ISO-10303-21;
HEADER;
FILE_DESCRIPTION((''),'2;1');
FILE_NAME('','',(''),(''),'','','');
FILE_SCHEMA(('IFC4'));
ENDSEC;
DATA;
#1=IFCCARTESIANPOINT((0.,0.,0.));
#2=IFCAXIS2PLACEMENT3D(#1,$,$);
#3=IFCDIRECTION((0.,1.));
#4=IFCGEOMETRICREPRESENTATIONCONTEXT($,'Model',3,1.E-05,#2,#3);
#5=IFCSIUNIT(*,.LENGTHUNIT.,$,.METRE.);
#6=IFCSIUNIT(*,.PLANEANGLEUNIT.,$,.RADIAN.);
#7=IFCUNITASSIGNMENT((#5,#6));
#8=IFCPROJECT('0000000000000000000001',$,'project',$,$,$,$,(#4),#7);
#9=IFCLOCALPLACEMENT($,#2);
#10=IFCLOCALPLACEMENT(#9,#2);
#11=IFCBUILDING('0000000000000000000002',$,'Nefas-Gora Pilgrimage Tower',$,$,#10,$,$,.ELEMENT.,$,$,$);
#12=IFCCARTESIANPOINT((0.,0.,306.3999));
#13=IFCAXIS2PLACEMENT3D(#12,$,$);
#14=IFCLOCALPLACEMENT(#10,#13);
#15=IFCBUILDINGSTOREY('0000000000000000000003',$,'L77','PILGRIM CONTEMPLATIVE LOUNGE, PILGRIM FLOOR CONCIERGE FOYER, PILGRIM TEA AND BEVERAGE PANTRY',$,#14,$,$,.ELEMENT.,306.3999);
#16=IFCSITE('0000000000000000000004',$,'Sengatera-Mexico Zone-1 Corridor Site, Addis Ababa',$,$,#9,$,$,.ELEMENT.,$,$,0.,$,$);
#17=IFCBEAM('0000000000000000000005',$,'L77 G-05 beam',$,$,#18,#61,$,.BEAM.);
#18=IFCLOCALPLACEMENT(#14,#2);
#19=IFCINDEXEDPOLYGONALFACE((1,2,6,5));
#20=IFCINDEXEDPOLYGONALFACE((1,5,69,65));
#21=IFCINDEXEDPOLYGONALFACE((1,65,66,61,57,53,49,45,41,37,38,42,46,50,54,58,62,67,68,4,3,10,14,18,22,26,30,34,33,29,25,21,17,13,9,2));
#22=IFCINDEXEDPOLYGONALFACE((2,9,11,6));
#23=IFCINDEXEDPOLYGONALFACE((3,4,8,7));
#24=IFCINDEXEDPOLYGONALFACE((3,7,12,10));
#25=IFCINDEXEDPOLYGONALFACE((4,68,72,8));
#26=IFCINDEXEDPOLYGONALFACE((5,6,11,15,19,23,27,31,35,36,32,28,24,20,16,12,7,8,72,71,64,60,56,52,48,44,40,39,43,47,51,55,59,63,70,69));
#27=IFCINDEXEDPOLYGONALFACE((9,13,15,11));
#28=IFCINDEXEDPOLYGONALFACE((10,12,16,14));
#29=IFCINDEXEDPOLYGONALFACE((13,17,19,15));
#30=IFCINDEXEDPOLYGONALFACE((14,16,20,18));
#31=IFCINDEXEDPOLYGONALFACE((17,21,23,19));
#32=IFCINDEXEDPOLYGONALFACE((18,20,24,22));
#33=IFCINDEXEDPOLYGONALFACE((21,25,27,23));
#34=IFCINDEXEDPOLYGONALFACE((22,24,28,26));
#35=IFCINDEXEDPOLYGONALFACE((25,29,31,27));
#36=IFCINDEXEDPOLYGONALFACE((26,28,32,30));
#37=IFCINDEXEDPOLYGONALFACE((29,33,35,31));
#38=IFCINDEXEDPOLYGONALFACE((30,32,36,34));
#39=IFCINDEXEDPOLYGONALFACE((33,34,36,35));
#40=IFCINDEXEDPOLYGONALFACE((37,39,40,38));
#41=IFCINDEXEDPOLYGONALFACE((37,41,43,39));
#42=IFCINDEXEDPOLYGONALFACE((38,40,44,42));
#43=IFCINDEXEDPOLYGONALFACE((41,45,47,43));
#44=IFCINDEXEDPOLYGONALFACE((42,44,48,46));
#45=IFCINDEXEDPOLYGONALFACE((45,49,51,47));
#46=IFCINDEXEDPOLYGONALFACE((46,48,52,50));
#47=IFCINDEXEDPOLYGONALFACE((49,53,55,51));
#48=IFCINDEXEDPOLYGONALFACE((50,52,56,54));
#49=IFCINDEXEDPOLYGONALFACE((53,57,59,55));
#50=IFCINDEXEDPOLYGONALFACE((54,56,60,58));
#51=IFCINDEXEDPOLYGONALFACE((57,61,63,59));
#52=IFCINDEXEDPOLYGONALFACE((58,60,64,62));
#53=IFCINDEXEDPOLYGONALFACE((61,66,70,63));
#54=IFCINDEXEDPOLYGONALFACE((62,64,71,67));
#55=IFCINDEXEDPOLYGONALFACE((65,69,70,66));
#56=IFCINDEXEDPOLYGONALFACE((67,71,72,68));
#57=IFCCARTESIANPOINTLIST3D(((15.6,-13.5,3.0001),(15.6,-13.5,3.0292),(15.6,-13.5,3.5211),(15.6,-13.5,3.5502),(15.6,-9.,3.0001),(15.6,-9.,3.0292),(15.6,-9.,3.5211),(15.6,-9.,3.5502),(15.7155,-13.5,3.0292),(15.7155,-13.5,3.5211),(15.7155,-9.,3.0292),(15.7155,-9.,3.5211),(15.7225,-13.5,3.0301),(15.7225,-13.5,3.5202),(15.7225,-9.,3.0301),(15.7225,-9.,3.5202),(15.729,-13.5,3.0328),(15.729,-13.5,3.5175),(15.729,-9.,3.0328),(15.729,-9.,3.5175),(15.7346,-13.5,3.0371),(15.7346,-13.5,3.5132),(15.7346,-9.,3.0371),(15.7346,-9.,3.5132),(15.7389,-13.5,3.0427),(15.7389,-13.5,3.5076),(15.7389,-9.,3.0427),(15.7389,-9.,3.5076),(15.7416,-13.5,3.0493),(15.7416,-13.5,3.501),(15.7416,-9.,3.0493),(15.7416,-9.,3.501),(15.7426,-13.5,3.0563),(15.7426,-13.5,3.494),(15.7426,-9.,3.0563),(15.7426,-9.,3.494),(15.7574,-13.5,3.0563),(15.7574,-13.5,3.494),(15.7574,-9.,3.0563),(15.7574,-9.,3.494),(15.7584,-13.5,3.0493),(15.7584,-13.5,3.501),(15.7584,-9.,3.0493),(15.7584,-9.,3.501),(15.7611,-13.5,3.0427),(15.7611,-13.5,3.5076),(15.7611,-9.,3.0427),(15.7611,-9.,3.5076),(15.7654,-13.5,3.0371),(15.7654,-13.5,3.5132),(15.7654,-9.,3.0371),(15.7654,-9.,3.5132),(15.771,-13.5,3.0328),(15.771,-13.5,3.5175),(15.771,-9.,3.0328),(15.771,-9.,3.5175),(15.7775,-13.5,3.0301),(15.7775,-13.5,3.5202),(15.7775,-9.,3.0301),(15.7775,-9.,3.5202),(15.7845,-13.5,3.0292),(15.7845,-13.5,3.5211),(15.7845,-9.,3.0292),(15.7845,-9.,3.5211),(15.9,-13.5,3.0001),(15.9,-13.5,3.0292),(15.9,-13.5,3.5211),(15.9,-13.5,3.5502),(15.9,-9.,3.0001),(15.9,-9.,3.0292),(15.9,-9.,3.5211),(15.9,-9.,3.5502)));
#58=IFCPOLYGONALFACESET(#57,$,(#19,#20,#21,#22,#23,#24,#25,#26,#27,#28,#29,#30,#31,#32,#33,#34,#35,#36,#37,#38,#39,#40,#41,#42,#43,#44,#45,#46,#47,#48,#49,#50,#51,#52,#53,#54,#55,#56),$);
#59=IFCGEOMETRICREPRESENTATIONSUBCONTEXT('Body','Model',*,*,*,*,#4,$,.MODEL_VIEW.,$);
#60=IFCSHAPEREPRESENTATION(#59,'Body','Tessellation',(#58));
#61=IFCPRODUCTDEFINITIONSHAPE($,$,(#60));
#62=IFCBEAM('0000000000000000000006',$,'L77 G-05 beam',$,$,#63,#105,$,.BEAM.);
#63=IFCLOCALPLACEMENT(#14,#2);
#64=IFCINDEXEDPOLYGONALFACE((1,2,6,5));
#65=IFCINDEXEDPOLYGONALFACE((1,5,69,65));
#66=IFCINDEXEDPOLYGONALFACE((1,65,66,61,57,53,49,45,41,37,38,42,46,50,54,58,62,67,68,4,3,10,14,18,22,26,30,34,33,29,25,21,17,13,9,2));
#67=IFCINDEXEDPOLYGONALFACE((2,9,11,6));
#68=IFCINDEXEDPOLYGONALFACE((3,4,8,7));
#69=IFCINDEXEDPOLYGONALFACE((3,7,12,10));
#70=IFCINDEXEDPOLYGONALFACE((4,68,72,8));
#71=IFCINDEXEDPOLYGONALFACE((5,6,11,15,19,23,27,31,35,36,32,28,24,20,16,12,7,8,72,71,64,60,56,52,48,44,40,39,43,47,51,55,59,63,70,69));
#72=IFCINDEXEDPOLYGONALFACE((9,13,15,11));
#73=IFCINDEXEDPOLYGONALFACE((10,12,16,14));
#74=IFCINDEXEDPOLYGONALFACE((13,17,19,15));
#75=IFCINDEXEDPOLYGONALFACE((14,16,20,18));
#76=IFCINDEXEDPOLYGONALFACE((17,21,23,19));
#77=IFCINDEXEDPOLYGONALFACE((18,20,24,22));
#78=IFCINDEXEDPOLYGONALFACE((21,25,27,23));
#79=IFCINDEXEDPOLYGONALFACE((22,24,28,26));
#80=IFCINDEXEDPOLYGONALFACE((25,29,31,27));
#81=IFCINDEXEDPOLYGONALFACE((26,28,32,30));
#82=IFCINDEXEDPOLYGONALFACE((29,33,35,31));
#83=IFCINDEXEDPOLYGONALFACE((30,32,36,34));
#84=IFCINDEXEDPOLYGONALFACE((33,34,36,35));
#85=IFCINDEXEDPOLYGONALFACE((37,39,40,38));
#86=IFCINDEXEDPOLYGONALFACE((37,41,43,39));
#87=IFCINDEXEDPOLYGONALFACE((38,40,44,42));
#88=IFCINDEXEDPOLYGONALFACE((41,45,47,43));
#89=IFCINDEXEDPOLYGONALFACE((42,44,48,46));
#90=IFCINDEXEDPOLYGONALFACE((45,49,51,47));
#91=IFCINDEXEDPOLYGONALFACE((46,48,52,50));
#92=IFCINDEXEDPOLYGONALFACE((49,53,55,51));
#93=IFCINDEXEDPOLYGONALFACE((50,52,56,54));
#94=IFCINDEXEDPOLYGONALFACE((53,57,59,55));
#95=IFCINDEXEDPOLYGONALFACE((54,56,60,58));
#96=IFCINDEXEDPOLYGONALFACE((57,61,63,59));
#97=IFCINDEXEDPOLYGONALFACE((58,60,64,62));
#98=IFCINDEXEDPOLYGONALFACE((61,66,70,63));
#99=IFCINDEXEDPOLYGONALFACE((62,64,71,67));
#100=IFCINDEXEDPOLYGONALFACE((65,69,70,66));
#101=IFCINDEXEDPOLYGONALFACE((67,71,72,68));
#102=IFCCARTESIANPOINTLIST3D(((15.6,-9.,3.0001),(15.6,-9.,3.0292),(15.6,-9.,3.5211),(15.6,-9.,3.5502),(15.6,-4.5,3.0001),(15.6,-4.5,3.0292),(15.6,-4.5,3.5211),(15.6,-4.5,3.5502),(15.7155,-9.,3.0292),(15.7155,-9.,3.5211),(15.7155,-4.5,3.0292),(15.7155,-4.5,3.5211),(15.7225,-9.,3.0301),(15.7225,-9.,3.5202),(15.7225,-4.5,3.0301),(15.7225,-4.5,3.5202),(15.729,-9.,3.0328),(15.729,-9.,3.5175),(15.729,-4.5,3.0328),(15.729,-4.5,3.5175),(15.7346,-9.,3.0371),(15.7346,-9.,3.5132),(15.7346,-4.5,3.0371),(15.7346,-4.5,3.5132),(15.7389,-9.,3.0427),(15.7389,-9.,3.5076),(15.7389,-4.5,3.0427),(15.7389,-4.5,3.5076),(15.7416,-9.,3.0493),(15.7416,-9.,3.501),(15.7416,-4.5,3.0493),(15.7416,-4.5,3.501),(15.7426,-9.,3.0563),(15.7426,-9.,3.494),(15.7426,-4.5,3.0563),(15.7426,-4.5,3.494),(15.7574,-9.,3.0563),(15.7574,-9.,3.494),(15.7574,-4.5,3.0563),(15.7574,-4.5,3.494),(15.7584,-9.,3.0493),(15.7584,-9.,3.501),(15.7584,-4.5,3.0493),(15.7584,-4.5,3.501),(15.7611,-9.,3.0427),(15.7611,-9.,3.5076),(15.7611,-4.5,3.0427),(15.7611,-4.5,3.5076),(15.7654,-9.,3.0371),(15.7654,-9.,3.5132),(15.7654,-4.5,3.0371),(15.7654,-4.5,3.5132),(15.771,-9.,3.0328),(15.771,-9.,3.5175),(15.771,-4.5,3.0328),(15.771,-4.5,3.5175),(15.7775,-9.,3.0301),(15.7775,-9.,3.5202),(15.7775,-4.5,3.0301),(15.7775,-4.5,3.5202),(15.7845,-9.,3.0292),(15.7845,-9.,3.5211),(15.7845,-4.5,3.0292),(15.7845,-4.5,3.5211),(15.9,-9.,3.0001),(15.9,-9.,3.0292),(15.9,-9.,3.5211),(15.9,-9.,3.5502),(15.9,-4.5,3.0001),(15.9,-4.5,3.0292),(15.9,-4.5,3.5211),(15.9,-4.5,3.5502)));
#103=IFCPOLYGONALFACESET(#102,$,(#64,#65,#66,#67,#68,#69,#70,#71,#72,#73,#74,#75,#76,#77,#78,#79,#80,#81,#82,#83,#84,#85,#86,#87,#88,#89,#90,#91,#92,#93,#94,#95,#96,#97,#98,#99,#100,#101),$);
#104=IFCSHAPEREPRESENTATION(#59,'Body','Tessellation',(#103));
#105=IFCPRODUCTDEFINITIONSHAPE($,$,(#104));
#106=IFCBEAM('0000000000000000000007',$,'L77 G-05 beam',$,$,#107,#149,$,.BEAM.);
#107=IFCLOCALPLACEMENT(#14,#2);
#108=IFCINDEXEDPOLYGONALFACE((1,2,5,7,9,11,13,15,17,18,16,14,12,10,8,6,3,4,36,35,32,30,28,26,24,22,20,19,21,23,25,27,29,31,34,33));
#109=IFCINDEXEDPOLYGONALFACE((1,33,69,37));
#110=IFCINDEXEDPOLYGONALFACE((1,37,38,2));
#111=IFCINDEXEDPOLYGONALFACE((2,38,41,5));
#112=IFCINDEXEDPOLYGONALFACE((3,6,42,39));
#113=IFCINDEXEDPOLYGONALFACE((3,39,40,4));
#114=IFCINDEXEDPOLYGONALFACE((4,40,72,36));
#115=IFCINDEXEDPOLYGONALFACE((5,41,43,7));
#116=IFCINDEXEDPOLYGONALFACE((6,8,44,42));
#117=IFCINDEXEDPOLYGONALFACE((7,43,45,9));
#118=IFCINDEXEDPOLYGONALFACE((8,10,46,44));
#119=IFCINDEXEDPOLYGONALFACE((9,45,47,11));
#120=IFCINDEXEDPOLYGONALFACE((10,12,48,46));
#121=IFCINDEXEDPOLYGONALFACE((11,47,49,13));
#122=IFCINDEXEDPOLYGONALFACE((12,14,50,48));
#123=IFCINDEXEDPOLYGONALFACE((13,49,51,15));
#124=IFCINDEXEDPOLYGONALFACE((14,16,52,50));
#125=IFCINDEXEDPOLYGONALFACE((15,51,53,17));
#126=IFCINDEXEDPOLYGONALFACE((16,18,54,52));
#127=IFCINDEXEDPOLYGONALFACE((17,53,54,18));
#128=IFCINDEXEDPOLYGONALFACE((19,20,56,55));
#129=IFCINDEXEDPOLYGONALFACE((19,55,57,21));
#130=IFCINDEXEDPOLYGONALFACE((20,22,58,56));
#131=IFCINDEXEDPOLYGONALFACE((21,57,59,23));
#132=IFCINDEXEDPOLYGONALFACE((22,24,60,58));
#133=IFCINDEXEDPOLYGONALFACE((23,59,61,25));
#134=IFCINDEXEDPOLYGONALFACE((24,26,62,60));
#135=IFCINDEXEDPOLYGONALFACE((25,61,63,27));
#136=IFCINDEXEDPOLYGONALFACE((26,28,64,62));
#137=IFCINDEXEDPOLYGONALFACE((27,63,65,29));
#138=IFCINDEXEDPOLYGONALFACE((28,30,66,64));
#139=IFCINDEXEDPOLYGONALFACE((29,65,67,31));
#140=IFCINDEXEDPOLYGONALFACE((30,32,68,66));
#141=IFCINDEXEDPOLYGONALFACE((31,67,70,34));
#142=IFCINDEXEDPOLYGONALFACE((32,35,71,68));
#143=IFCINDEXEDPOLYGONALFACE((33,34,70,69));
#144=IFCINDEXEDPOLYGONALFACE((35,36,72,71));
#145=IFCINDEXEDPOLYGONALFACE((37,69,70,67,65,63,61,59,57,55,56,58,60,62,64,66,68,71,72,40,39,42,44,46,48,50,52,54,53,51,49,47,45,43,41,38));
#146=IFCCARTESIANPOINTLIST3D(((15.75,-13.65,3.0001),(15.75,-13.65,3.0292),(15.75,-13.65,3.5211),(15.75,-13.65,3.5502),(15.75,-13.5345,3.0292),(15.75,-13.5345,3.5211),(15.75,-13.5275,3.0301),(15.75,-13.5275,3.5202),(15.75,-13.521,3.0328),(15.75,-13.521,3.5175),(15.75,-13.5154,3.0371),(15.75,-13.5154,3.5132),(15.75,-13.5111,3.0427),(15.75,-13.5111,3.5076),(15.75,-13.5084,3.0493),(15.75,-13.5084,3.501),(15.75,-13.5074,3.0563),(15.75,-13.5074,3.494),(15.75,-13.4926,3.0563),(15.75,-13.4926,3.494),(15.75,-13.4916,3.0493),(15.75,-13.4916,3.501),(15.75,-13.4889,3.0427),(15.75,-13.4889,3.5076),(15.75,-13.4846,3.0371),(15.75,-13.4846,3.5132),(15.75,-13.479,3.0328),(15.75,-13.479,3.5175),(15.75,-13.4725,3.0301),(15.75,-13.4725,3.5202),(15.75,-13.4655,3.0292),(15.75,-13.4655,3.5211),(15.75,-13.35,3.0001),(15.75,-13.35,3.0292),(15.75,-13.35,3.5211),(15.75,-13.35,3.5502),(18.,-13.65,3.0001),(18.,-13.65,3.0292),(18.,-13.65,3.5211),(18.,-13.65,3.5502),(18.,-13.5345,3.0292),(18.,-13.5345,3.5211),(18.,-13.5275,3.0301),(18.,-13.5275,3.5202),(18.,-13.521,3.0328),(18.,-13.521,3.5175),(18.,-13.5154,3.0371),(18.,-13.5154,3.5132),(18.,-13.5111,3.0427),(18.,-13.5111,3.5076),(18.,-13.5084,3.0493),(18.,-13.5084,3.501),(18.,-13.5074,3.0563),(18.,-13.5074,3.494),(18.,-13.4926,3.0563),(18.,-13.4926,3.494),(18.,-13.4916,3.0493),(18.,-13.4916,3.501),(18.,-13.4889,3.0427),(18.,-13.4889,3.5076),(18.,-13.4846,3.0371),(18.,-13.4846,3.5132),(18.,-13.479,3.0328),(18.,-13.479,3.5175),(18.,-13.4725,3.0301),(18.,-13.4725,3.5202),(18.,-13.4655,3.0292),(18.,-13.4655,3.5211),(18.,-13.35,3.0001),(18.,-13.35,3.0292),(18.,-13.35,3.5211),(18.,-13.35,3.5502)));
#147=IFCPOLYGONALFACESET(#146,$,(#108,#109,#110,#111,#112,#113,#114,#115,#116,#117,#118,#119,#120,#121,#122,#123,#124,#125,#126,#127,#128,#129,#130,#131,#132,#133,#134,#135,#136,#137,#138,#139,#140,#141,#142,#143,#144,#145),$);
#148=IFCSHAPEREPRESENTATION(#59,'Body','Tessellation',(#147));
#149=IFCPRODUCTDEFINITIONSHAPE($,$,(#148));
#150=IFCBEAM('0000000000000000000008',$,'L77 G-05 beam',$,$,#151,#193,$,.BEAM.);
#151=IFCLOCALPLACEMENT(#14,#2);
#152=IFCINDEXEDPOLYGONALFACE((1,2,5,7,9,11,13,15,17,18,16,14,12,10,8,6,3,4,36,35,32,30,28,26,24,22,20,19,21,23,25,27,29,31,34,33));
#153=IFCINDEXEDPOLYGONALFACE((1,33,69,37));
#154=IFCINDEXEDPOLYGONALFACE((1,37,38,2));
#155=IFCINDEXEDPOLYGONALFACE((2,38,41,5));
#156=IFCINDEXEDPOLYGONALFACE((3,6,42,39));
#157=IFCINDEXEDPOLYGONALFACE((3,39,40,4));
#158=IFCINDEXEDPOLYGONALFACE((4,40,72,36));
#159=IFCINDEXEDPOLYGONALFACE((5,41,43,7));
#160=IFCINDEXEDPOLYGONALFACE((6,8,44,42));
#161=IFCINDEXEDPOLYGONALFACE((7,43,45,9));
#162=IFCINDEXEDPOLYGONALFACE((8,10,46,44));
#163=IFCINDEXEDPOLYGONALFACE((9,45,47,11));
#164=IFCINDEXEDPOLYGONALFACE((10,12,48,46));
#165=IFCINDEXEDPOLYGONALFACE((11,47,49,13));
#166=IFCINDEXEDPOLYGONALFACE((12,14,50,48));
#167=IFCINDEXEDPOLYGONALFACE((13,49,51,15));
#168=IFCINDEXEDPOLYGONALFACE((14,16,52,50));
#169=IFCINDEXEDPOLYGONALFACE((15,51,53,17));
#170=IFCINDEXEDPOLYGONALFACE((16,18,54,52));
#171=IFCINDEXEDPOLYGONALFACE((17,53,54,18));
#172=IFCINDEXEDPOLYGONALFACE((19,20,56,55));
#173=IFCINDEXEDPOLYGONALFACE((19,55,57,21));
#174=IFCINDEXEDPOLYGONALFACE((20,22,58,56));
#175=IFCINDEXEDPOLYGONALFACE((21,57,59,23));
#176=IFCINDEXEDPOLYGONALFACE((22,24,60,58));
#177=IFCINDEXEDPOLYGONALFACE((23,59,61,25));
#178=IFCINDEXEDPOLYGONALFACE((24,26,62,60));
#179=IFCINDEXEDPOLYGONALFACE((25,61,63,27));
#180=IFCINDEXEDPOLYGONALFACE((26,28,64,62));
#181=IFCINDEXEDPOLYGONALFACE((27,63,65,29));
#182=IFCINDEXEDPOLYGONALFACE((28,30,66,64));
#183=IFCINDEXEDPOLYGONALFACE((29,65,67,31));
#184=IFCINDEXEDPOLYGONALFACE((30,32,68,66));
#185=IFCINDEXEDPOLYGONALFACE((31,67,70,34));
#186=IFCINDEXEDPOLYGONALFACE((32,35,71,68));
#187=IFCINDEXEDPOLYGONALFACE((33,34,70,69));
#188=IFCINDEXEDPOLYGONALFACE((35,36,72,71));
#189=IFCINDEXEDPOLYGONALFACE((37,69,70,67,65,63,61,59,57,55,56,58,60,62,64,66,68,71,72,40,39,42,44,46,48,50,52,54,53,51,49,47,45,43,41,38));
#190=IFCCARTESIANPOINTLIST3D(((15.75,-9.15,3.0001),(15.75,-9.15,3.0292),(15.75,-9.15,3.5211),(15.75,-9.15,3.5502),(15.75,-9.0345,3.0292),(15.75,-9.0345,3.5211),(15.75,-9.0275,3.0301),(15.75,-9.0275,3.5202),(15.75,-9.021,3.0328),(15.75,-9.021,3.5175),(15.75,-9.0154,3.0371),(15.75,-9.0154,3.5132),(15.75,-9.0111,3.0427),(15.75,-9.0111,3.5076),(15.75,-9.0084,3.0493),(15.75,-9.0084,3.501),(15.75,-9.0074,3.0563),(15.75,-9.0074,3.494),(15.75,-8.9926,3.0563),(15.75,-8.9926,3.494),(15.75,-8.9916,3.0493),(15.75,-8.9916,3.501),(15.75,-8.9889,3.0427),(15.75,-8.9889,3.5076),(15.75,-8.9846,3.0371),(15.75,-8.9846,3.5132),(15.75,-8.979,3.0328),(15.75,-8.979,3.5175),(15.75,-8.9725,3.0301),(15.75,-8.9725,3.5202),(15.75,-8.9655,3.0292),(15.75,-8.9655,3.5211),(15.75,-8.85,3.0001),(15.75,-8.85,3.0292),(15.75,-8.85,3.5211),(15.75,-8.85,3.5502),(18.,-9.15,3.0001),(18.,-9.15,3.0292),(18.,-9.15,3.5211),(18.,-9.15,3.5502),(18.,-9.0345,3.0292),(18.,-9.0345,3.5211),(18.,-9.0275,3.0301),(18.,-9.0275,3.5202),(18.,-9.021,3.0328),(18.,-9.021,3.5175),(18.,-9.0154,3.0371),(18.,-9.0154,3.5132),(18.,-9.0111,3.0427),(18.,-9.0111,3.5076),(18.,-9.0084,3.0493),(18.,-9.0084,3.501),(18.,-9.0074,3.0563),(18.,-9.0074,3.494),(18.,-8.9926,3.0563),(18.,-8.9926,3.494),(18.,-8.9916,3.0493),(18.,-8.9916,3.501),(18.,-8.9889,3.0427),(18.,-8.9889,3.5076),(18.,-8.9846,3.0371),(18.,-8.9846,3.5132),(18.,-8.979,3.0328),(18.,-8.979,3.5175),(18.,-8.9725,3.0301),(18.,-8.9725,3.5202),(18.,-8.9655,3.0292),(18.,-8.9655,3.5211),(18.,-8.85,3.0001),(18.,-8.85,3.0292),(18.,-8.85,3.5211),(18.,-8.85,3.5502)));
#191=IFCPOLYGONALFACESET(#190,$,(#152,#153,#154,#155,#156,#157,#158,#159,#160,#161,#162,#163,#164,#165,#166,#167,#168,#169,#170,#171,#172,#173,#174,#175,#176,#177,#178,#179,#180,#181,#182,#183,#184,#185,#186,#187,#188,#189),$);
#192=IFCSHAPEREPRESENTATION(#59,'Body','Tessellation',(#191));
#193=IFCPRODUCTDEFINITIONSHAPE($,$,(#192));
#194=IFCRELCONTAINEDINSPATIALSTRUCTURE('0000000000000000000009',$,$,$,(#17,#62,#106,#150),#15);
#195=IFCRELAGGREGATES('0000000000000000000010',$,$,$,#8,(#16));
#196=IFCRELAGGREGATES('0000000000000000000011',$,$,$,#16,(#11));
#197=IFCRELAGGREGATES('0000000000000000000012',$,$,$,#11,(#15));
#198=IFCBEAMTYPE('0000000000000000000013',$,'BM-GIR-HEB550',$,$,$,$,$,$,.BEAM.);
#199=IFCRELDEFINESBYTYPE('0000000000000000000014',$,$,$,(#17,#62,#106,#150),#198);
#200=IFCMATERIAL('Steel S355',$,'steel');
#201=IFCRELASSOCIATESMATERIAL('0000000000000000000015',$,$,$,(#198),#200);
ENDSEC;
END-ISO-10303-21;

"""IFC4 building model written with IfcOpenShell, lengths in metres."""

from ifc_helpers import new_model, si_unit, direction, frame, origin, origin_2d, place, context, subcontext, project, spatial, i_section, extrude, source, transform, mapped, material, material_profile, profile_set, type_object, element, save


model = new_model("IFC4")

# Units and contexts
model_context = context("Model", 3, precision=1e-05, world=origin(), true_north=direction((0.0, 1.0)))
body_context = subcontext(model_context, "Body", "Model", "MODEL_VIEW")
ifc_project = project(units=[si_unit("LENGTHUNIT", "METRE"), si_unit("PLANEANGLEUNIT", "RADIAN")], contexts=[model_context])

# Site, building, storey
site_placement = place(None, origin())
site = spatial("IfcSite", under=ifc_project, at=site_placement, Name="Sengatera-Mexico Zone-1 Corridor Site, Addis Ababa", CompositionType="ELEMENT", RefElevation=0.0)
building_placement = place(site_placement, origin())
building = spatial("IfcBuilding", under=site, at=building_placement, Name="Nefas-Gora Pilgrimage Tower", CompositionType="ELEMENT")
storey_placement = place(building_placement, frame((0.0, 0.0, 306.3999)))
storey = spatial("IfcBuildingStorey", under=building, at=storey_placement, Name="L77", Description="PILGRIM CONTEMPLATIVE LOUNGE, PILGRIM FLOOR CONCIERGE FOYER, PILGRIM TEA AND BEVERAGE PANTRY", CompositionType="ELEMENT", Elevation=306.3999)

# Shared definitions
ifc_material_1 = material(Name="Steel S355", Category="steel")

# Beams
ifc_material_profile_1 = material_profile(ifc_material_1, i_section(OverallWidth=0.3, OverallDepth=0.55, WebThickness=0.0149, FlangeThickness=0.0291, FilletRadius=0.0271, at=origin_2d()), Name="HEB 550")
ifc_profile_set_1 = profile_set([ifc_material_profile_1], Name="Steel S355")
beam_type_1 = type_object("IfcBeamType", Name="BM-GIR-HEB550", PredefinedType="BEAM", material=ifc_profile_set_1)
shared_shape_1 = source(origin(), body_context, "Body", "SweptSolid", [
    extrude(i_section(OverallWidth=0.3, OverallDepth=0.55, WebThickness=0.0149, FlangeThickness=0.0291, FilletRadius=0.0271, at=origin_2d()), origin(), (0.0, 0.0, 1.0), 4.5),
])
for number, where, z_axis, x_axis, name in (
    (1, (15.75, -13.5, 3.2751), (0.0, 1.0, 0.0), (-1.0, 0.0, 0.0), "L77 G-05 beam"),
    (2, (15.75, -9.0, 3.2751), (0.0, 1.0, 0.0), (-1.0, 0.0, 0.0), "L77 G-05 beam"),
):
    element("IfcBeam", number, at=place(storey_placement, frame(where, z_axis=z_axis, x_axis=x_axis)), inside=storey, type_object=beam_type_1, Name=name, PredefinedType="BEAM", context=body_context, shape_type="MappedRepresentation", body=[
        mapped(shared_shape_1, transform((0.0, 0.0, 0.0), x_axis=(1.0, 0.0, 0.0), y_axis=(0.0, 1.0, 0.0), z_axis=(0.0, 0.0, 1.0), scale=1.0)),
    ])
shared_shape_2 = source(origin(), body_context, "Body", "SweptSolid", [
    extrude(i_section(OverallWidth=0.3, OverallDepth=0.55, WebThickness=0.0149, FlangeThickness=0.0291, FilletRadius=0.0271, at=origin_2d()), origin(), (0.0, 0.0, 1.0), 2.25),
])
for number, where, z_axis, x_axis, name in (
    (3, (15.75, -13.5, 3.2751), (1.0, 0.0, 0.0), (0.0, 1.0, 0.0), "L77 G-05 beam"),
    (4, (15.75, -9.0, 3.2751), (1.0, 0.0, 0.0), (0.0, 1.0, 0.0), "L77 G-05 beam"),
):
    element("IfcBeam", number, at=place(storey_placement, frame(where, z_axis=z_axis, x_axis=x_axis)), inside=storey, type_object=beam_type_1, Name=name, PredefinedType="BEAM", context=body_context, shape_type="MappedRepresentation", body=[
        mapped(shared_shape_2, transform((0.0, 0.0, 0.0), x_axis=(1.0, 0.0, 0.0), y_axis=(0.0, 1.0, 0.0), z_axis=(0.0, 0.0, 1.0), scale=1.0)),
    ])

save(model, "model.ifc")
